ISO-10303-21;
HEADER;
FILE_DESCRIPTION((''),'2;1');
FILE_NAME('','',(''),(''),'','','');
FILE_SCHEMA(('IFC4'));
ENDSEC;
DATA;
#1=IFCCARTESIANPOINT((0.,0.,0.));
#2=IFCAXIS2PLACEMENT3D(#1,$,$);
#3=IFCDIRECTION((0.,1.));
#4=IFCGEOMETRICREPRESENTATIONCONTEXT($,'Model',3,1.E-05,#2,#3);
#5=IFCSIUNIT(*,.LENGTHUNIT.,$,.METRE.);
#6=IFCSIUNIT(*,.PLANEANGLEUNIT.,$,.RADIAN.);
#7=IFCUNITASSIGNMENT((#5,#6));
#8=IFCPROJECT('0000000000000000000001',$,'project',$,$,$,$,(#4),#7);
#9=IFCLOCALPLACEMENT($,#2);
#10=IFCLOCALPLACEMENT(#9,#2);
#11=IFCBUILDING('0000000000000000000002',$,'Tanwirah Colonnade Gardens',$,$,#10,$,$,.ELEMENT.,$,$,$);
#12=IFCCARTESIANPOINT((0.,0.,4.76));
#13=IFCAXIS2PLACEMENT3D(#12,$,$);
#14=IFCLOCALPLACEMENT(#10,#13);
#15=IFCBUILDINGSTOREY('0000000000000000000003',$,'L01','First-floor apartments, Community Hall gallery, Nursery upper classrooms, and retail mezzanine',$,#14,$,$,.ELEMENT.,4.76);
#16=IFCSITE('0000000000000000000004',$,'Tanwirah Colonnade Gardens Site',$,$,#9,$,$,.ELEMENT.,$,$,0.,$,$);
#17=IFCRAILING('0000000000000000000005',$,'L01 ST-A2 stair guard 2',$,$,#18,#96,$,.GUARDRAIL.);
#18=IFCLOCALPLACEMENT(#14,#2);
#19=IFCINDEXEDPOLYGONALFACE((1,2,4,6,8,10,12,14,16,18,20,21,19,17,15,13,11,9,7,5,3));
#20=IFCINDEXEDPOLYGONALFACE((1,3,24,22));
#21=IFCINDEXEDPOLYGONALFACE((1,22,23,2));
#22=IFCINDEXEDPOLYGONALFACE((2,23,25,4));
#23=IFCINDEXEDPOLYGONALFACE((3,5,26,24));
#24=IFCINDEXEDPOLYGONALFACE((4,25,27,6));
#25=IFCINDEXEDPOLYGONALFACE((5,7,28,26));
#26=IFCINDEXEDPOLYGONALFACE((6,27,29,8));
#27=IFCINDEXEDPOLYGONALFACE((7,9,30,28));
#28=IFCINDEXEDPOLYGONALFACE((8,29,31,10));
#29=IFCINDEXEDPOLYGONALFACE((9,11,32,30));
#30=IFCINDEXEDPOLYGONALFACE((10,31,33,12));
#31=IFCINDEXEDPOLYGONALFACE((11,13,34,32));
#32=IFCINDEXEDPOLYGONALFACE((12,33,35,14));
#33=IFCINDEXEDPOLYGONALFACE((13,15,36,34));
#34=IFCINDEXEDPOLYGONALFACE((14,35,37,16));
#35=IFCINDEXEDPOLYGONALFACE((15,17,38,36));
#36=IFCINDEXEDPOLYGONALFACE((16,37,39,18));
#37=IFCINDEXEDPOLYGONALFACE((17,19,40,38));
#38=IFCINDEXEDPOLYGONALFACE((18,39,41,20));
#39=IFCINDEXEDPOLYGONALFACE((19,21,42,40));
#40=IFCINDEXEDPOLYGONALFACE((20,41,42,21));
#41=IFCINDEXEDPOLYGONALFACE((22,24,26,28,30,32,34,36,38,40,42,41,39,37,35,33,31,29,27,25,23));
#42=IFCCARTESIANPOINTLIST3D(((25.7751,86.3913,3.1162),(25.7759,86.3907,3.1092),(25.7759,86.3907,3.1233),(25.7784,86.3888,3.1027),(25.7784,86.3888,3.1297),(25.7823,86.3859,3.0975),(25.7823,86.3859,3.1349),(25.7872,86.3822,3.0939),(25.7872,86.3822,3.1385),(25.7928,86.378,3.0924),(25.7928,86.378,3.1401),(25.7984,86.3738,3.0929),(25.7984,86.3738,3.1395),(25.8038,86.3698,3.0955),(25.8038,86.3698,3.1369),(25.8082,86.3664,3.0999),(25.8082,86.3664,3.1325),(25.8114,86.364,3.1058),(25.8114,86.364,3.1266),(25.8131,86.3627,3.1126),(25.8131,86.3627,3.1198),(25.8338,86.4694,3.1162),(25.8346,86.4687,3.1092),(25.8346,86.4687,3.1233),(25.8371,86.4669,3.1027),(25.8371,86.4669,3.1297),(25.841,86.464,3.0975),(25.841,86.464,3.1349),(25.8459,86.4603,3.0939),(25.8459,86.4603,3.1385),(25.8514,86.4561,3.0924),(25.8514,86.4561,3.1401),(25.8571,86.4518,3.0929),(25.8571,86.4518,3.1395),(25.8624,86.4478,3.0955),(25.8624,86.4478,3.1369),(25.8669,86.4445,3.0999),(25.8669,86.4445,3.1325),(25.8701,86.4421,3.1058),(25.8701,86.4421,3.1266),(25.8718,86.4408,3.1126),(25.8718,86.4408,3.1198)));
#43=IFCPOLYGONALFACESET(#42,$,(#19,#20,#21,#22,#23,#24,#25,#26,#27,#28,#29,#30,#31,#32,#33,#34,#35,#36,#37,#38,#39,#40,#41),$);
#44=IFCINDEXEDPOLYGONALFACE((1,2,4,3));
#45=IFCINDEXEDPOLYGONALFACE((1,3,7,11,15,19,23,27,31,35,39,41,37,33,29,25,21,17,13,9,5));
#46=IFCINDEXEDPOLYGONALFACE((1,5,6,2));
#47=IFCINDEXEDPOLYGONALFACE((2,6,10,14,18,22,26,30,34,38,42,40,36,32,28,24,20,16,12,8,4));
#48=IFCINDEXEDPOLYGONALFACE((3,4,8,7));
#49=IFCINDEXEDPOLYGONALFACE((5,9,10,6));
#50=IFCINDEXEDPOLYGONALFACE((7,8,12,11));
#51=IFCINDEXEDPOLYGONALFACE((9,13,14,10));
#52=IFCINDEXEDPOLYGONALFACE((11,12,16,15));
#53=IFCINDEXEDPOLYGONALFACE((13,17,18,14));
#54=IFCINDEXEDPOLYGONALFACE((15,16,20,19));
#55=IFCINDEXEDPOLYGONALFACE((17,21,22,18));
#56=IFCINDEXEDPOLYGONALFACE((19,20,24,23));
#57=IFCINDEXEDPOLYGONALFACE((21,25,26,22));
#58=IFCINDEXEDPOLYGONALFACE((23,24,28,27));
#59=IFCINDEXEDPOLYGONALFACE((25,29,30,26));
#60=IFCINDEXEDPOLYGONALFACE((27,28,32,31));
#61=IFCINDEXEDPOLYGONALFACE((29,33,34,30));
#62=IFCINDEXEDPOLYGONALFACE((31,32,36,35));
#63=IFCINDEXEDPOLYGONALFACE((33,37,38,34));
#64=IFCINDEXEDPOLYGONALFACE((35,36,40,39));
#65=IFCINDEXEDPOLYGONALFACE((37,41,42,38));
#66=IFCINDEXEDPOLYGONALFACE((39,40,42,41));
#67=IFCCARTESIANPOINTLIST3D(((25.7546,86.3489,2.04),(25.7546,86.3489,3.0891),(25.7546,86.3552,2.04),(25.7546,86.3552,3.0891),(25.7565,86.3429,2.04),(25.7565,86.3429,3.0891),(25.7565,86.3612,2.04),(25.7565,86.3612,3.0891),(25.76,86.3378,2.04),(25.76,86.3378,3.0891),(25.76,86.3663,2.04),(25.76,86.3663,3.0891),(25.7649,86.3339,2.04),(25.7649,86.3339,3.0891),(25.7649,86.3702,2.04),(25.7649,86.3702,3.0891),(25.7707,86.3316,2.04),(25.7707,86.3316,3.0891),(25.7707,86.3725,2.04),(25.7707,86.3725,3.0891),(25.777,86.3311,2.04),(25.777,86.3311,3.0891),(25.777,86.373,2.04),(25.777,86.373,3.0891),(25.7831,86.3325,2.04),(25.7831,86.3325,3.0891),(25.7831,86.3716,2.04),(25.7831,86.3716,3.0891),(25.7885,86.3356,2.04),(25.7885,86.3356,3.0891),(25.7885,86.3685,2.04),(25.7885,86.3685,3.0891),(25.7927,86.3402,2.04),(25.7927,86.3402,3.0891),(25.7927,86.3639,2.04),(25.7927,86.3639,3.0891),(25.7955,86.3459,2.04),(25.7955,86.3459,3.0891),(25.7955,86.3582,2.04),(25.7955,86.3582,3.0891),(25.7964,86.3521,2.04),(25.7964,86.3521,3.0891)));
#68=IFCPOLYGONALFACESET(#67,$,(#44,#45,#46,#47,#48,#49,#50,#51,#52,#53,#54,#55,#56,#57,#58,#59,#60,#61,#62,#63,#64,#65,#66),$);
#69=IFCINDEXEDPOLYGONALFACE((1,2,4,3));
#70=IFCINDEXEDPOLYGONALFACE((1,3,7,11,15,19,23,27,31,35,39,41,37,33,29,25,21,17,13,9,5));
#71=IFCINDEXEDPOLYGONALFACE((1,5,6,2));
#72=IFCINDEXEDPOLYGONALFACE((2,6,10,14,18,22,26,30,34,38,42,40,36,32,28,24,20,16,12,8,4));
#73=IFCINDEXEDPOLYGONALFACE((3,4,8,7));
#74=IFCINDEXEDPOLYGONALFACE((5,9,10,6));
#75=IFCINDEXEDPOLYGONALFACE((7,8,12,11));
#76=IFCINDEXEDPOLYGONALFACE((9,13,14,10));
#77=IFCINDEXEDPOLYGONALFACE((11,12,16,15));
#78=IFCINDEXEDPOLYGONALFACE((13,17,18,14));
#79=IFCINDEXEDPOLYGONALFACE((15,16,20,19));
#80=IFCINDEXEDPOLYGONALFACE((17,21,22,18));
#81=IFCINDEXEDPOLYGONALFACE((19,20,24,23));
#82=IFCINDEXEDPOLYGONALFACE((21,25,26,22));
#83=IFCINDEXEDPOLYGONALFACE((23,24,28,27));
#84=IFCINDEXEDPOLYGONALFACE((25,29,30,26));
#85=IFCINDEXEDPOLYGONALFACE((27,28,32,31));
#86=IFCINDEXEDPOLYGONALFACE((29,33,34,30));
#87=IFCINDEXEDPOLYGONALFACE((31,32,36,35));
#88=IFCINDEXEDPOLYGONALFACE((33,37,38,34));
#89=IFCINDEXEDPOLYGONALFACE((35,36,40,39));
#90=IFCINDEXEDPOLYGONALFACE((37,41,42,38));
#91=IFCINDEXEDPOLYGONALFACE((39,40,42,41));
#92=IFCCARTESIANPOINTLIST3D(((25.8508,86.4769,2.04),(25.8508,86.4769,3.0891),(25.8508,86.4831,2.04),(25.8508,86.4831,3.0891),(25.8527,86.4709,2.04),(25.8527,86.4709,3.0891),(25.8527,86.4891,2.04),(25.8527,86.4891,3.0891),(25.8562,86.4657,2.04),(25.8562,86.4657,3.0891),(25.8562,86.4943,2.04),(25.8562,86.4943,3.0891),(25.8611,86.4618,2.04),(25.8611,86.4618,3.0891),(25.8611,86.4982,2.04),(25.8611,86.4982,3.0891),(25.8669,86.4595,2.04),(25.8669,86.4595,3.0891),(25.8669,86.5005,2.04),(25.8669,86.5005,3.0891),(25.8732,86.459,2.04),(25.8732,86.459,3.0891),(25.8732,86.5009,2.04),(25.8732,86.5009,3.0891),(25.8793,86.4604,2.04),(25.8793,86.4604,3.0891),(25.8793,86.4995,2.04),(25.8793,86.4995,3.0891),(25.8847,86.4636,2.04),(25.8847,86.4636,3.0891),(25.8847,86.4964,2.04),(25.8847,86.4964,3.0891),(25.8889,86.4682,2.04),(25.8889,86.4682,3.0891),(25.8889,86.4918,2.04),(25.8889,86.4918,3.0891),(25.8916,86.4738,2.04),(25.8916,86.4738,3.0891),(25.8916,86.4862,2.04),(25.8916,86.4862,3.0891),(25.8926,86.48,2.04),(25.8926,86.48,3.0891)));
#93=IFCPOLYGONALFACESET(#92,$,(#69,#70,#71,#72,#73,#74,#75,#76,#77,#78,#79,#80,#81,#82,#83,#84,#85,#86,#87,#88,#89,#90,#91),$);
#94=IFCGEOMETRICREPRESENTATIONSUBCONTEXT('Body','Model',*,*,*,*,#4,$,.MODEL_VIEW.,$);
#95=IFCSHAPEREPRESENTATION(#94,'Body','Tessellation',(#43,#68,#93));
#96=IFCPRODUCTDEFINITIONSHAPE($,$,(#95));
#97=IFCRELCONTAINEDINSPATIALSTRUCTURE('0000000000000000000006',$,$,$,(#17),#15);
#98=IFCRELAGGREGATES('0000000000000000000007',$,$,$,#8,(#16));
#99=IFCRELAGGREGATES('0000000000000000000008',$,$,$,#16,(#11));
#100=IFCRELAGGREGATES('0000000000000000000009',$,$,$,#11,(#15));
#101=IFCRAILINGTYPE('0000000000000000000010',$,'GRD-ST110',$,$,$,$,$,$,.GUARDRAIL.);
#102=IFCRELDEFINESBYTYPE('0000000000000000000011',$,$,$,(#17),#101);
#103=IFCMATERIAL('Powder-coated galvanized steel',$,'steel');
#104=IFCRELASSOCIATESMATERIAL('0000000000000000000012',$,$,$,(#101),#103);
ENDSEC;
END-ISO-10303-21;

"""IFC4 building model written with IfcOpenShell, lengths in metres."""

from ifc_helpers import new_model, si_unit, direction, frame, origin, origin_2d, place, context, subcontext, project, spatial, circle, extrude, material, type_object, element, save


model = new_model("IFC4")

# Units and contexts
model_context = context("Model", 3, precision=1e-05, world=origin(), true_north=direction((0.0, 1.0)))
body_context = subcontext(model_context, "Body", "Model", "MODEL_VIEW")
ifc_project = project(units=[si_unit("LENGTHUNIT", "METRE"), si_unit("PLANEANGLEUNIT", "RADIAN")], contexts=[model_context])

# Site, building, storey
site_placement = place(None, origin())
site = spatial("IfcSite", under=ifc_project, at=site_placement, Name="Tanwirah Colonnade Gardens Site", CompositionType="ELEMENT", RefElevation=0.0)
building_placement = place(site_placement, origin())
building = spatial("IfcBuilding", under=site, at=building_placement, Name="Tanwirah Colonnade Gardens", CompositionType="ELEMENT")
storey_placement = place(building_placement, frame((0.0, 0.0, 4.76)))
storey = spatial("IfcBuildingStorey", under=building, at=storey_placement, Name="L01", Description="First-floor apartments, Community Hall gallery, Nursery upper classrooms, and retail mezzanine", CompositionType="ELEMENT", Elevation=4.76)

# Railing
ifc_material_1 = material(Name="Powder-coated galvanized steel", Category="steel")
railing_type_1 = type_object("IfcRailingType", Name="GRD-ST110", PredefinedType="GUARDRAIL", material=ifc_material_1)
railing_1_placement = place(storey_placement, frame((25.7754, 86.3521, 2.04)))
element("IfcRailing", 1, at=railing_1_placement, inside=storey, type_object=railing_type_1, Name="L01 ST-A2 stair guard 2", PredefinedType="GUARDRAIL", context=body_context, shape_type="SweptSolid", body=[
    extrude(circle(Radius=0.0239, at=origin_2d()), frame((0.0188, 0.0249, 1.0762), z_axis=(0.600976, 0.799267, 0.0), x_axis=(-0.799267, 0.600976, 0.0)), (0.0, 0.0, 1.0), 0.0977),
    extrude(circle(Radius=0.021, at=origin_2d()), origin(), (0.0, 0.0, 1.0), 1.0491),
    extrude(circle(Radius=0.021, at=origin_2d()), frame((0.0962, 0.1279, 0.0)), (0.0, 0.0, 1.0), 1.0491),
])

save(model, "model.ifc")
